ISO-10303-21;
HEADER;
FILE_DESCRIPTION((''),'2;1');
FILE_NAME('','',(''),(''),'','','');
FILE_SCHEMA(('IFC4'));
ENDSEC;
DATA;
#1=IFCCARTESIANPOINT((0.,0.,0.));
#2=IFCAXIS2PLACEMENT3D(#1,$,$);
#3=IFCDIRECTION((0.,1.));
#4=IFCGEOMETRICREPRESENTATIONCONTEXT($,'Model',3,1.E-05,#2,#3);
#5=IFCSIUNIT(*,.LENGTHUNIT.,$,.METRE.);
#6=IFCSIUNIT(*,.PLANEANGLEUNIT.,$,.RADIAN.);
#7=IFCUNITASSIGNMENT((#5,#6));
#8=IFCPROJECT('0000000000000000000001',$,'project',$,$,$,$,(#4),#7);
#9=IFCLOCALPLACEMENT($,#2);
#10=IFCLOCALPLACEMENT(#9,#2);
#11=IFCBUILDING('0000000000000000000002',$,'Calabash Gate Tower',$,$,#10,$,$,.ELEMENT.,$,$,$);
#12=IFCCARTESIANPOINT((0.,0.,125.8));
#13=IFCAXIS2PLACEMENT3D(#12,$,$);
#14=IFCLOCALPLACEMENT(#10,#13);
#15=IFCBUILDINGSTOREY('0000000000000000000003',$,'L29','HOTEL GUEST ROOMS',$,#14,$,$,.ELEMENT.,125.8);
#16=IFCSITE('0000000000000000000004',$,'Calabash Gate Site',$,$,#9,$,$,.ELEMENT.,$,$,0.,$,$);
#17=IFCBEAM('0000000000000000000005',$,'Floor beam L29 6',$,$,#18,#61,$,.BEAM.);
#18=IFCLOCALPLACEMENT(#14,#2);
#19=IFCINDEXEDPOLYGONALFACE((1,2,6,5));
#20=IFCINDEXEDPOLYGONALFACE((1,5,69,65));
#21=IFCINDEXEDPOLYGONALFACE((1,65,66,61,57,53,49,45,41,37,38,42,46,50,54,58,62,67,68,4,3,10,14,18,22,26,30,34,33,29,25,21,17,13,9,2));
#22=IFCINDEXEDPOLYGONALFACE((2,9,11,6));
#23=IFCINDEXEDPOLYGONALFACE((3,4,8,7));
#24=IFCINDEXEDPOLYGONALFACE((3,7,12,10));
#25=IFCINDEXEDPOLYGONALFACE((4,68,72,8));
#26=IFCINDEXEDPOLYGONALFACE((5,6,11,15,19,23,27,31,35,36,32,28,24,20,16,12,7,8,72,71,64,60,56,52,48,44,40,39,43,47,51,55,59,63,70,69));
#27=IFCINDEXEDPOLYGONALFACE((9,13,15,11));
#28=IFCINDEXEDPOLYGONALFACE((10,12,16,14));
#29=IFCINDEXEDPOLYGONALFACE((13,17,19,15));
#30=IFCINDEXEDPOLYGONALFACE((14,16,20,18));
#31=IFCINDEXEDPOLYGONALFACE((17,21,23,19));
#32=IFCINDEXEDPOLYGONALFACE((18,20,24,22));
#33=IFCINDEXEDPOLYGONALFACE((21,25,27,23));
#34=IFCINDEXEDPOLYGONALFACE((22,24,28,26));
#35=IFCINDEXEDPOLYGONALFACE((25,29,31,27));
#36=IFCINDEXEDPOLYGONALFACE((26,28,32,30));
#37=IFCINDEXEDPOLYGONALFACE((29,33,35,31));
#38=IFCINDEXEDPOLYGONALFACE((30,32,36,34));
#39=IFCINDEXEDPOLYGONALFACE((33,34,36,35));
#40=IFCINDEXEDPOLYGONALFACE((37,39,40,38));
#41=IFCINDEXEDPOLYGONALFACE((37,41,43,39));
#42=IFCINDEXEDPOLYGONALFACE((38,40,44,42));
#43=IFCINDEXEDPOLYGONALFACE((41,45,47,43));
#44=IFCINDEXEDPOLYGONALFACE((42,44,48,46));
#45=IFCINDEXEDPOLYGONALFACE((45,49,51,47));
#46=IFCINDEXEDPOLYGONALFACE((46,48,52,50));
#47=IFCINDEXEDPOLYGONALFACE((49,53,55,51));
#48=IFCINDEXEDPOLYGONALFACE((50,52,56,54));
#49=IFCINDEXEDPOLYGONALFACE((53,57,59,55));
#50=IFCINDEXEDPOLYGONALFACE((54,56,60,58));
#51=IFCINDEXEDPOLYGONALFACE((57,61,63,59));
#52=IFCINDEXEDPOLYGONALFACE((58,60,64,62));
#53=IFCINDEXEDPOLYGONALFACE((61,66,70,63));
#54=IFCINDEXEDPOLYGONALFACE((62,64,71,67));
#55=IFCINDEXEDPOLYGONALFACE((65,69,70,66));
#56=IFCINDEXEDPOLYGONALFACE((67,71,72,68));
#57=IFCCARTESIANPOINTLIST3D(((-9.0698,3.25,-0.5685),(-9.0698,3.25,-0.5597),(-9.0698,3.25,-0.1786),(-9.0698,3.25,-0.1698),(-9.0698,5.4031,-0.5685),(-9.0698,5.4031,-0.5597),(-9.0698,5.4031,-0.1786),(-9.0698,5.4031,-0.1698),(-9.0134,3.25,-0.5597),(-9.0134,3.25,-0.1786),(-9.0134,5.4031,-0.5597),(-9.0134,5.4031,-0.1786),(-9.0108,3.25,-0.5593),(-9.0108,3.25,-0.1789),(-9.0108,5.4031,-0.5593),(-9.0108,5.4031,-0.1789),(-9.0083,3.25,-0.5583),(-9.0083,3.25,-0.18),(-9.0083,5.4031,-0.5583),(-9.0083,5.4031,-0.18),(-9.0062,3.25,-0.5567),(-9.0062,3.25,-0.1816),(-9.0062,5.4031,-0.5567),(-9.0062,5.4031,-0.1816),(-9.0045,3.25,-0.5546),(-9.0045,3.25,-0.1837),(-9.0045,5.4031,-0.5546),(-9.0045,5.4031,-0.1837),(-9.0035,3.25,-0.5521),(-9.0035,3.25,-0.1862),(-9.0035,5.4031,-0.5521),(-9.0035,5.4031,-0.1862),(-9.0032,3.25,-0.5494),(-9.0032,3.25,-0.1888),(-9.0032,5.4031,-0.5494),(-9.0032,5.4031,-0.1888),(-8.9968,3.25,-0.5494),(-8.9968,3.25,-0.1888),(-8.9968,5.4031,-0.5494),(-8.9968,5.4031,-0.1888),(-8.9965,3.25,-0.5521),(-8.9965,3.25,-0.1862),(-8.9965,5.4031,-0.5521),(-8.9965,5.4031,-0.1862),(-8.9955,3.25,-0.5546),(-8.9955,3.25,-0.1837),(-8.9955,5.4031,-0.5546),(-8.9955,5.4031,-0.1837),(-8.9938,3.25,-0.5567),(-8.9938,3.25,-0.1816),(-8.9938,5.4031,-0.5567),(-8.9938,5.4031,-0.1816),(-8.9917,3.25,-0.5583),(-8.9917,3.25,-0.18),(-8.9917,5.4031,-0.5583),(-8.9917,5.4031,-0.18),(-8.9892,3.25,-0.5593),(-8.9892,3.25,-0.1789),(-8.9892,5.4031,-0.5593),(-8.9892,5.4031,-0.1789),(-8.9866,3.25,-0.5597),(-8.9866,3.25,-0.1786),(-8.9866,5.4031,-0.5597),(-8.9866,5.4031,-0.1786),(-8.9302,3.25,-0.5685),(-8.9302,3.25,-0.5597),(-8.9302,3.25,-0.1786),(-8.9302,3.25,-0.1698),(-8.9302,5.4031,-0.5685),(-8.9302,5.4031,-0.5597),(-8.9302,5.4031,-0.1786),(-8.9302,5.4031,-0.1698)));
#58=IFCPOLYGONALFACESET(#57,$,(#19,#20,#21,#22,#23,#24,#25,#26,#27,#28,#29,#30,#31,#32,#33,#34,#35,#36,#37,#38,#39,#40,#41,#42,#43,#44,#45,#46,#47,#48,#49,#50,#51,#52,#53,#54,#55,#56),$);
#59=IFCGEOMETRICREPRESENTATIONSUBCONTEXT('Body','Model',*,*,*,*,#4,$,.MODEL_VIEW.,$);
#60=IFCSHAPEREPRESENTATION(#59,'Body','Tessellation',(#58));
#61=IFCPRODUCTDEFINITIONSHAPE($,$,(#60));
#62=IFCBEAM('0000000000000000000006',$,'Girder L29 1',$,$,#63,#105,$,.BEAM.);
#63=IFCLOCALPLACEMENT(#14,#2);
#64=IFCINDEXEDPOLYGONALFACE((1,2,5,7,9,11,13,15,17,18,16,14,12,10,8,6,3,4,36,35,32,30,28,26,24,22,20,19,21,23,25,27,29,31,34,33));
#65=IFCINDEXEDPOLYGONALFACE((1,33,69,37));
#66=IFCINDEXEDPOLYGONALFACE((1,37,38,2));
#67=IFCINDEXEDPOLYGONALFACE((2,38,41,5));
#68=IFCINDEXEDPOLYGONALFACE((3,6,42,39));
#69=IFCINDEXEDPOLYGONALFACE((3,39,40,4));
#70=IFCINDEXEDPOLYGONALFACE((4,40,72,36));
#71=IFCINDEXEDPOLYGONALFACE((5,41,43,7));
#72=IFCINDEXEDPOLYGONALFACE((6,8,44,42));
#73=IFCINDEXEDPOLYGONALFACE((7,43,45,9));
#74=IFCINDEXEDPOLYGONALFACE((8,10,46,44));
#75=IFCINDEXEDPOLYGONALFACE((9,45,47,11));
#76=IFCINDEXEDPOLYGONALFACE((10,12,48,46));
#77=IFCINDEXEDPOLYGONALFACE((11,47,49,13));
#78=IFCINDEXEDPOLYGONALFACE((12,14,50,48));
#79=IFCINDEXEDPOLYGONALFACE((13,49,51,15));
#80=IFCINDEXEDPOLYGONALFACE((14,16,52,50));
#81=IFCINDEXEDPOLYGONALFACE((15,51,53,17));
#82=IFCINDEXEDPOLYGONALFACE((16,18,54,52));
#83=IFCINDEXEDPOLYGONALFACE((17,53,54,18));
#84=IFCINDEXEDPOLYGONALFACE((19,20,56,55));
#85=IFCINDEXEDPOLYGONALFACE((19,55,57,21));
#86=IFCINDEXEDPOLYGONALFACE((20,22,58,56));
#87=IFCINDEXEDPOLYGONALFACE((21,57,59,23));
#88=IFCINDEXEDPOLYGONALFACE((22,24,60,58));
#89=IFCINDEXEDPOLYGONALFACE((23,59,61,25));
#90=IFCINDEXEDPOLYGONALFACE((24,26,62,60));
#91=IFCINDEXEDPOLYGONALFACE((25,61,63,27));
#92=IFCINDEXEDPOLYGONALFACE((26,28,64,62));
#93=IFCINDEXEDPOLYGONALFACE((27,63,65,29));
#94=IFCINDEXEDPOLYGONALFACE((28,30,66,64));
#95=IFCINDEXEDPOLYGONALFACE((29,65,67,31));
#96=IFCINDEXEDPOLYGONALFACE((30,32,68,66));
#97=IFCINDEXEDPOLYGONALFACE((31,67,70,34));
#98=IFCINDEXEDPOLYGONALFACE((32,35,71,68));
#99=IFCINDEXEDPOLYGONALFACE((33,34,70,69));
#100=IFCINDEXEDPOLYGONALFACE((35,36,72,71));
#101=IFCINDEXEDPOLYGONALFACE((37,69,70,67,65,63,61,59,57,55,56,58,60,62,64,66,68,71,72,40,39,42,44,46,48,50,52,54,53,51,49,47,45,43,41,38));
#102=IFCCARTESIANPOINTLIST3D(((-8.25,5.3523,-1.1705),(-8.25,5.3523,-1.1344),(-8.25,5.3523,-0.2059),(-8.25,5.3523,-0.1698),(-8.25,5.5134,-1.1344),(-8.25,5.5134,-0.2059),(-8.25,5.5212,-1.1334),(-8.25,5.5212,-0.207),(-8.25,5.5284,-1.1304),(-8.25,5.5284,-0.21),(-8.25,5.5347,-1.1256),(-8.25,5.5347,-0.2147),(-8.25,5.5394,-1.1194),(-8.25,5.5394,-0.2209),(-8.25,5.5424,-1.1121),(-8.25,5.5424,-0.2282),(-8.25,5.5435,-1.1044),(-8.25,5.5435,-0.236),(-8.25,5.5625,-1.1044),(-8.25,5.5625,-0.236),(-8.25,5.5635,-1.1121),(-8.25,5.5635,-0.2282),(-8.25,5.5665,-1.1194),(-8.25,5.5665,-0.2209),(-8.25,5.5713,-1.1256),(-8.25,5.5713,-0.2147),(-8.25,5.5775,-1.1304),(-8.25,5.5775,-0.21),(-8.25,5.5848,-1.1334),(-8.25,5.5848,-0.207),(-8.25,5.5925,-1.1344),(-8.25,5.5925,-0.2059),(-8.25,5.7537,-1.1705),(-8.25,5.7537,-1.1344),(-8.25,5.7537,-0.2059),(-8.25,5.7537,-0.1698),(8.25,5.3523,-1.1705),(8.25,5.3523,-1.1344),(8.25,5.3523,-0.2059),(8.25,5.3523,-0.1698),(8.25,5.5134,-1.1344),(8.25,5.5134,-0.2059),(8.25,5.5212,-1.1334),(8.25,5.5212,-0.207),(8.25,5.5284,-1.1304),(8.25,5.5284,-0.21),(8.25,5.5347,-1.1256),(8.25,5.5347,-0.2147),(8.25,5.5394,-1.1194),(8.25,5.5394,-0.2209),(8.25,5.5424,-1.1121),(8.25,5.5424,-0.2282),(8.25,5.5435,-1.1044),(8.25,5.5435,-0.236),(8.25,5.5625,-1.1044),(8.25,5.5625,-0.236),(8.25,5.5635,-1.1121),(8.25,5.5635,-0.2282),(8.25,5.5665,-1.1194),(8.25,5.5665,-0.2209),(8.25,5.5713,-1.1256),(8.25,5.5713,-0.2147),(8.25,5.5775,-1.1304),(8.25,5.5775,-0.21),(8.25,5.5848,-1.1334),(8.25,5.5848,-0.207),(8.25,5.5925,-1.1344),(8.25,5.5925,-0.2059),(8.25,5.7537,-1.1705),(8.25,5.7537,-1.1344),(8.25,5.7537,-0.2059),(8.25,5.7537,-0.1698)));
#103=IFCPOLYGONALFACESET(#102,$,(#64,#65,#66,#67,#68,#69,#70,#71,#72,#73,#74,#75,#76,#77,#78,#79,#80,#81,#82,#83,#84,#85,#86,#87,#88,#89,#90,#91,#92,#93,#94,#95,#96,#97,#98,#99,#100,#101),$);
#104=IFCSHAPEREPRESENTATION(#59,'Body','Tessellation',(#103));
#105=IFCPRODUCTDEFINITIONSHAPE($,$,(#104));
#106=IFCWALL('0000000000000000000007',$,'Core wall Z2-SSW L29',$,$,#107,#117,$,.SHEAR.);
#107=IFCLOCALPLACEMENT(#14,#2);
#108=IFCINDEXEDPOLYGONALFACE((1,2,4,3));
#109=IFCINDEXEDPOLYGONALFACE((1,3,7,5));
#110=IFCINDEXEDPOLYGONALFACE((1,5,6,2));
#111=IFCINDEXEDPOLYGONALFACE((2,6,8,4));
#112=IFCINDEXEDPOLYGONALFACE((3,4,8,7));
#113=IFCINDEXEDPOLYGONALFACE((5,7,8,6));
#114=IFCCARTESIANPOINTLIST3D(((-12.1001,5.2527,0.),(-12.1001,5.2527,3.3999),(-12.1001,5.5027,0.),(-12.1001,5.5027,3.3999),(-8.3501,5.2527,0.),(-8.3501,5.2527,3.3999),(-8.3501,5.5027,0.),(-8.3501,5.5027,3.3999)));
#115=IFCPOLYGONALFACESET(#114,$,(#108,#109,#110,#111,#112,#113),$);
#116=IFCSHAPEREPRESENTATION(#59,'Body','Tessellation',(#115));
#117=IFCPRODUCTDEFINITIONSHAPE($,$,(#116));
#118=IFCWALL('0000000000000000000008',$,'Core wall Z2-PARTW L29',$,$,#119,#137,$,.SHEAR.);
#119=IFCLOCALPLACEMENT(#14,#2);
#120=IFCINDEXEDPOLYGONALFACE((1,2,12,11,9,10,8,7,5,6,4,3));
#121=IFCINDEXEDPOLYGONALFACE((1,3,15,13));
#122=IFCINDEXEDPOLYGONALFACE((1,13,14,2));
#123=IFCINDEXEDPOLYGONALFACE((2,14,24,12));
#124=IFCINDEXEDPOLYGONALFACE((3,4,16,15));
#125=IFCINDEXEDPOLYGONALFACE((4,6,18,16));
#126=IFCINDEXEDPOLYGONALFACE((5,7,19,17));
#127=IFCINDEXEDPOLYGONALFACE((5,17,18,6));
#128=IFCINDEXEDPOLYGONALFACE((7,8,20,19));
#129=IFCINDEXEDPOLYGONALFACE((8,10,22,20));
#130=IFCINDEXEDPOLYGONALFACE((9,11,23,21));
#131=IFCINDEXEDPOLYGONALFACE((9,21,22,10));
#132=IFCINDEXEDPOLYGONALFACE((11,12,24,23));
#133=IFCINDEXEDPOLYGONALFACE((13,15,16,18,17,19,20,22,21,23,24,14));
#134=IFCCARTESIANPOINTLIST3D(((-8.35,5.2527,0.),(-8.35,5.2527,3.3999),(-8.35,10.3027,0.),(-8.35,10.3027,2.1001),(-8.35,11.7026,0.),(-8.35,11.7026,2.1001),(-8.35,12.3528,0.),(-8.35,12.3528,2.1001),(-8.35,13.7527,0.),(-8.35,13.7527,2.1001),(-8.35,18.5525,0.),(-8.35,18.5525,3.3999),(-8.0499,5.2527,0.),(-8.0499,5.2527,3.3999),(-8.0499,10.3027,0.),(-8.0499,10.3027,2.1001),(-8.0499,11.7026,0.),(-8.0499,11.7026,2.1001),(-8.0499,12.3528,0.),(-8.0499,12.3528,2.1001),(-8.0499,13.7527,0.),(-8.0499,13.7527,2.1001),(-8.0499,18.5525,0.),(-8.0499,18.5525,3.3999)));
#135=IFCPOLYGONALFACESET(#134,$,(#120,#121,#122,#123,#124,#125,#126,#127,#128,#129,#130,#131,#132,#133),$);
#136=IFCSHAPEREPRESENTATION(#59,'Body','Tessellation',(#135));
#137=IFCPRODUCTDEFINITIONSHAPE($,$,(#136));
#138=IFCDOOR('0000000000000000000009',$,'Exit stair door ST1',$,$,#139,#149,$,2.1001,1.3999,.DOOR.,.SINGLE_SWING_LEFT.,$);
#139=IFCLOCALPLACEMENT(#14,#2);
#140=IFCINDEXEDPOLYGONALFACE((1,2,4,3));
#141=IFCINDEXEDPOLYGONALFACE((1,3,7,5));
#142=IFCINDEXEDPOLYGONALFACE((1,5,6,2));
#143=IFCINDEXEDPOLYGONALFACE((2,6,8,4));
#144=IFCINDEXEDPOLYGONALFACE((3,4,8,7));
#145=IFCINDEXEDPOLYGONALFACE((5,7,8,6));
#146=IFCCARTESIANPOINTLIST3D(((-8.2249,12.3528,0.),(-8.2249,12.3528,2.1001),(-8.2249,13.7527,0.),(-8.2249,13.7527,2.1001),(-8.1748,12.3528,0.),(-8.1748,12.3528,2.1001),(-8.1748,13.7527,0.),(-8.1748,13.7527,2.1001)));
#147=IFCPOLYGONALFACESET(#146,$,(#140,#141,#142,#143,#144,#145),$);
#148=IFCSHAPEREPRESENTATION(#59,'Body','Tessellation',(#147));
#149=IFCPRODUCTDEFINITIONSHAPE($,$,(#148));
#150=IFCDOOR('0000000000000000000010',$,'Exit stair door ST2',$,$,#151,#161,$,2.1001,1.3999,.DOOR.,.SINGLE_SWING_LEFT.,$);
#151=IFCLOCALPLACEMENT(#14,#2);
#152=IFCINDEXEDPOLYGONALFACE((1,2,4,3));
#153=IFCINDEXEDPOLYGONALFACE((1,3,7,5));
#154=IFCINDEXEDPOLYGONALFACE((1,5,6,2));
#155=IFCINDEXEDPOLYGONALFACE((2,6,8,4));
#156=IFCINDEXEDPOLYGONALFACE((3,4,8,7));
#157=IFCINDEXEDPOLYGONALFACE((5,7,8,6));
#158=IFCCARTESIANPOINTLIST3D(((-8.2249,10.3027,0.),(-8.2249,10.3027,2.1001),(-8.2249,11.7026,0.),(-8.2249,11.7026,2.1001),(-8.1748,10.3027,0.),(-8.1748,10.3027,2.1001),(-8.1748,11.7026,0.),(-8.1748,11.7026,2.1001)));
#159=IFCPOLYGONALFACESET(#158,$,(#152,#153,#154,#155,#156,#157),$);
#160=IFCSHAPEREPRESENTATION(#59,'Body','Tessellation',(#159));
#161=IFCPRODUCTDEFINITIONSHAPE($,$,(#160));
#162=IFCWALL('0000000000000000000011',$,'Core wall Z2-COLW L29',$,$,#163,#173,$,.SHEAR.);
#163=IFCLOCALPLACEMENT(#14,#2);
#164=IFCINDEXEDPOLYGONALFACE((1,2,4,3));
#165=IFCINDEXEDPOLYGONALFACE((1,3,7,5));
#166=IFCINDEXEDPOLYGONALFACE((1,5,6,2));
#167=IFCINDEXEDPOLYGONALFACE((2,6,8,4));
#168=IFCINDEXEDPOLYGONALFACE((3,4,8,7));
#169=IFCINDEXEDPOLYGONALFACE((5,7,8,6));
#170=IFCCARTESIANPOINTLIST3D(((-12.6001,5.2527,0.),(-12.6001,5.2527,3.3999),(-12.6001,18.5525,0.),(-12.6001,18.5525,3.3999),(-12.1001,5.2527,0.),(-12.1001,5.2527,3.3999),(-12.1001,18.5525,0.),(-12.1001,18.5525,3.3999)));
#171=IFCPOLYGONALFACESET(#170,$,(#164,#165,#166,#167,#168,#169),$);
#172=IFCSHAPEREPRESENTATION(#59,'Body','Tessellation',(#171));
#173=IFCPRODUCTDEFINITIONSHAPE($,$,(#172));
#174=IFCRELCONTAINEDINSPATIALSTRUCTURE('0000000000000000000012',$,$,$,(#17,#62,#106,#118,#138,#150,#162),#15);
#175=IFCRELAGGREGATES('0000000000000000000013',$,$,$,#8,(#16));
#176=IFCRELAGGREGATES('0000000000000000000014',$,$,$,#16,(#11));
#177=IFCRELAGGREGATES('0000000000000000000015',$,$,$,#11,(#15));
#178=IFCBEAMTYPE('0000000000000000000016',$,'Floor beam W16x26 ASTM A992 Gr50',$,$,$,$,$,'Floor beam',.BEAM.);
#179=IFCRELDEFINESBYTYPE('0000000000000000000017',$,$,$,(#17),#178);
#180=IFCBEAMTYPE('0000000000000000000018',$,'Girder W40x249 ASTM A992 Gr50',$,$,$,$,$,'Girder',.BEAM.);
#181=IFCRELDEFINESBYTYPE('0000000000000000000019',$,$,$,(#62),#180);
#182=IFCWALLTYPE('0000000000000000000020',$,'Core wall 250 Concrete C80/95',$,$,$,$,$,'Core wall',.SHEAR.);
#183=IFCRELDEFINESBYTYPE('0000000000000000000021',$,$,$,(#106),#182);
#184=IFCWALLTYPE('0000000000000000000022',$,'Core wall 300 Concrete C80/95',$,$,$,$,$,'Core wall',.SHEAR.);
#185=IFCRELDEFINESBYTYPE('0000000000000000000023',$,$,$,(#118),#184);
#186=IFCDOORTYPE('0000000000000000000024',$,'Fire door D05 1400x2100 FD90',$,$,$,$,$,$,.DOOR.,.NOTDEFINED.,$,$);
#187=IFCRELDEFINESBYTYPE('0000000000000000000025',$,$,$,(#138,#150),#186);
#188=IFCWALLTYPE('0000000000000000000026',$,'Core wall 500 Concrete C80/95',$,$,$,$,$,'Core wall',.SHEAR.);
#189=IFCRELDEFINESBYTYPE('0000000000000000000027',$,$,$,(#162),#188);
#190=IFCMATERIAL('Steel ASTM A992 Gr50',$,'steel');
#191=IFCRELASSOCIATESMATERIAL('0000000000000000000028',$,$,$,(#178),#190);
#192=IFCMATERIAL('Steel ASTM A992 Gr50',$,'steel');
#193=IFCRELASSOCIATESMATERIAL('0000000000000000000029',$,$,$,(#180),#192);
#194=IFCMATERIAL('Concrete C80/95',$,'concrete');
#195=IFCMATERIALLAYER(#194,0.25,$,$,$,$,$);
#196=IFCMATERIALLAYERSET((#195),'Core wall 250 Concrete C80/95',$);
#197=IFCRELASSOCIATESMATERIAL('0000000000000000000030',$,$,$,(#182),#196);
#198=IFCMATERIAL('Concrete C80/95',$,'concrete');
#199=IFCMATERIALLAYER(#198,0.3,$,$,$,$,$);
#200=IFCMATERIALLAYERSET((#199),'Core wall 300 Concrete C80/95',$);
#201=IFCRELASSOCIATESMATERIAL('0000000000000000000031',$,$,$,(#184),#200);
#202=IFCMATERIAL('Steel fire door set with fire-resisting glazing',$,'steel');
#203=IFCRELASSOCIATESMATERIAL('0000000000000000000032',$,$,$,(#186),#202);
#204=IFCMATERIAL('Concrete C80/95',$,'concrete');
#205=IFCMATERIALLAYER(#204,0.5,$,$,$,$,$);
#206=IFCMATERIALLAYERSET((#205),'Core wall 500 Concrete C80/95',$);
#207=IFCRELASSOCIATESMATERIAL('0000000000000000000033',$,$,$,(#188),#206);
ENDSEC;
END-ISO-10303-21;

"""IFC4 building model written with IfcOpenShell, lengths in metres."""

from ifc_helpers import new_model, si_unit, direction, frame, frame_2d, origin, origin_2d, place, context, subcontext, project, spatial, rectangle, i_section, extrude, material, layer, layer_set, material_profile, profile_set, type_object, element, fill, save


model = new_model("IFC4")

# Units and contexts
model_context = context("Model", 3, precision=1e-05, world=origin(), true_north=direction((0.0, 1.0)))
body_context = subcontext(model_context, "Body", "Model", "MODEL_VIEW")
ifc_project = project(units=[si_unit("LENGTHUNIT", "METRE"), si_unit("PLANEANGLEUNIT", "RADIAN")], contexts=[model_context])

# Site, building, storey
site_placement = place(None, origin())
site = spatial("IfcSite", under=ifc_project, at=site_placement, Name="Calabash Gate Site", CompositionType="ELEMENT", RefElevation=0.0)
building_placement = place(site_placement, origin())
building = spatial("IfcBuilding", under=site, at=building_placement, Name="Calabash Gate Tower", CompositionType="ELEMENT")
storey_placement = place(building_placement, frame((0.0, 0.0, 125.8)))
storey = spatial("IfcBuildingStorey", under=building, at=storey_placement, Name="L29", Description="HOTEL GUEST ROOMS", CompositionType="ELEMENT", Elevation=125.8)

# Beams
ifc_material_1 = material(Name="Steel ASTM A992 Gr50", Category="steel")
ifc_material_profile_1 = material_profile(ifc_material_1, i_section(OverallWidth=0.1396, OverallDepth=0.3987, WebThickness=0.0063, FlangeThickness=0.0088, FilletRadius=0.0103, at=origin_2d()))
ifc_profile_set_1 = profile_set([ifc_material_profile_1], Name="Steel ASTM A992 Gr50")
beam_type_1 = type_object("IfcBeamType", Name="Floor beam W16x26 ASTM A992 Gr50", ElementType="Floor beam", PredefinedType="BEAM", material=ifc_profile_set_1)
beam_1_placement = place(storey_placement, frame((-9.0, 3.25, -0.3691), z_axis=(0.0, 1.0, 0.0), x_axis=(-1.0, 0.0, 0.0)))
element("IfcBeam", 1, at=beam_1_placement, inside=storey, type_object=beam_type_1, Name="Floor beam L29 6", PredefinedType="BEAM", context=body_context, shape_type="SweptSolid", body=[
    extrude(i_section(OverallWidth=0.1396, OverallDepth=0.3987, WebThickness=0.0063, FlangeThickness=0.0088, FilletRadius=0.0103, at=origin_2d()), origin(), (0.0, 0.0, 1.0), 2.1531),
])
ifc_material_2 = material(Name="Steel ASTM A992 Gr50", Category="steel")
ifc_material_profile_2 = material_profile(ifc_material_2, i_section(OverallWidth=0.4014, OverallDepth=1.0007, WebThickness=0.019, FlangeThickness=0.0361, FilletRadius=0.03, at=origin_2d()))
ifc_profile_set_2 = profile_set([ifc_material_profile_2], Name="Steel ASTM A992 Gr50")
beam_type_2 = type_object("IfcBeamType", Name="Girder W40x249 ASTM A992 Gr50", ElementType="Girder", PredefinedType="BEAM", material=ifc_profile_set_2)
beam_2_placement = place(storey_placement, frame((-8.25, 5.553, -0.6702), z_axis=(1.0, 0.0, 0.0), x_axis=(0.0, 1.0, 0.0)))
element("IfcBeam", 2, at=beam_2_placement, inside=storey, type_object=beam_type_2, Name="Girder L29 1", PredefinedType="BEAM", context=body_context, shape_type="SweptSolid", body=[
    extrude(i_section(OverallWidth=0.4014, OverallDepth=1.0007, WebThickness=0.019, FlangeThickness=0.0361, FilletRadius=0.03, at=origin_2d()), origin(), (0.0, 0.0, 1.0), 16.5),
])

# Wall
ifc_material_3 = material(Name="Concrete C80/95", Category="concrete")
ifc_layer_1 = layer(ifc_material_3, 0.25)
ifc_layer_set_1 = layer_set([ifc_layer_1], Name="Core wall 250 Concrete C80/95")
wall_type_1 = type_object("IfcWallType", Name="Core wall 250 Concrete C80/95", ElementType="Core wall", PredefinedType="SHEAR", material=ifc_layer_set_1)
wall_1_placement = place(storey_placement, frame((-12.1001, 5.3777, 0.0), z_axis=(0.0, 0.0, 1.0), x_axis=(1.0, 0.0, 0.0)))
element("IfcWall", 3, at=wall_1_placement, inside=storey, type_object=wall_type_1, Name="Core wall Z2-SSW L29", PredefinedType="SHEAR", context=body_context, shape_type="SweptSolid", body=[
    extrude(rectangle(XDim=3.75, YDim=0.25, at=frame_2d((1.875, 0.0))), origin(), (0.0, 0.0, 1.0), 3.3999),
])

# Wall, openings, doors
ifc_material_4 = material(Name="Concrete C80/95", Category="concrete")
ifc_layer_2 = layer(ifc_material_4, 0.3)
ifc_layer_set_2 = layer_set([ifc_layer_2], Name="Core wall 300 Concrete C80/95")
wall_type_2 = type_object("IfcWallType", Name="Core wall 300 Concrete C80/95", ElementType="Core wall", PredefinedType="SHEAR", material=ifc_layer_set_2)
wall_2_placement = place(storey_placement, frame((-8.2, 5.2527, 0.0), z_axis=(0.0, 0.0, 1.0), x_axis=(0.0, 1.0, 0.0)))
wall_2 = element("IfcWall", 4, at=wall_2_placement, inside=storey, type_object=wall_type_2, Name="Core wall Z2-PARTW L29", PredefinedType="SHEAR", context=body_context, shape_type="SweptSolid", body=[
    extrude(rectangle(XDim=13.2998, YDim=0.3, at=frame_2d((6.6499, 0.0))), origin(), (0.0, 0.0, 1.0), 3.3999),
])
opening_1_placement = place(wall_2_placement, frame((7.1001, 0.0, 0.0)))
opening_1 = element("IfcOpeningElement", 5, at=opening_1_placement, cuts=wall_2, PredefinedType="OPENING", context=body_context, shape_type="SweptSolid", body=[
    extrude(rectangle(XDim=1.3999, YDim=2.1001, at=frame_2d((0.7, 1.05))), frame((0.0, 0.1599, 0.0), z_axis=(0.0, -1.0, 0.0), x_axis=(1.0, 0.0, 0.0)), (0.0, 0.0, 1.0), 0.3201),
])
opening_2_placement = place(wall_2_placement, frame((5.05, 0.0, 0.0)))
opening_2 = element("IfcOpeningElement", 6, at=opening_2_placement, cuts=wall_2, PredefinedType="OPENING", context=body_context, shape_type="SweptSolid", body=[
    extrude(rectangle(XDim=1.3999, YDim=2.1001, at=frame_2d((0.7, 1.05))), frame((0.0, 0.1599, 0.0), z_axis=(0.0, -1.0, 0.0), x_axis=(1.0, 0.0, 0.0)), (0.0, 0.0, 1.0), 0.3201),
])
ifc_material_5 = material(Name="Steel fire door set with fire-resisting glazing", Category="steel")
door_type_1 = type_object("IfcDoorType", Name="Fire door D05 1400x2100 FD90", OperationType="NOTDEFINED", PredefinedType="DOOR", material=ifc_material_5)
door_1_placement = place(opening_1_placement, origin())
door_1 = element("IfcDoor", 7, at=door_1_placement, inside=storey, type_object=door_type_1, Name="Exit stair door ST1", OperationType="SINGLE_SWING_LEFT", OverallHeight=2.1001, OverallWidth=1.3999, PredefinedType="DOOR", context=body_context, shape_type="SweptSolid", body=[
    extrude(rectangle(XDim=1.3999, YDim=2.1001, at=frame_2d((0.7, 1.05))), frame((0.0, 0.0249, 0.0), z_axis=(0.0, -1.0, 0.0), x_axis=(1.0, 0.0, 0.0)), (0.0, 0.0, 1.0), 0.05),
])
fill(opening_1, door_1)
door_2_placement = place(opening_2_placement, origin())
door_2 = element("IfcDoor", 8, at=door_2_placement, inside=storey, type_object=door_type_1, Name="Exit stair door ST2", OperationType="SINGLE_SWING_LEFT", OverallHeight=2.1001, OverallWidth=1.3999, PredefinedType="DOOR", context=body_context, shape_type="SweptSolid", body=[
    extrude(rectangle(XDim=1.3999, YDim=2.1001, at=frame_2d((0.7, 1.05))), frame((0.0, 0.0249, 0.0), z_axis=(0.0, -1.0, 0.0), x_axis=(1.0, 0.0, 0.0)), (0.0, 0.0, 1.0), 0.05),
])
fill(opening_2, door_2)

# Wall
ifc_material_6 = material(Name="Concrete C80/95", Category="concrete")
ifc_layer_3 = layer(ifc_material_6, 0.5)
ifc_layer_set_3 = layer_set([ifc_layer_3], Name="Core wall 500 Concrete C80/95")
wall_type_3 = type_object("IfcWallType", Name="Core wall 500 Concrete C80/95", ElementType="Core wall", PredefinedType="SHEAR", material=ifc_layer_set_3)
wall_3_placement = place(storey_placement, frame((-12.3501, 5.2527, 0.0), z_axis=(0.0, 0.0, 1.0), x_axis=(0.0, 1.0, 0.0)))
element("IfcWall", 9, at=wall_3_placement, inside=storey, type_object=wall_type_3, Name="Core wall Z2-COLW L29", PredefinedType="SHEAR", context=body_context, shape_type="SweptSolid", body=[
    extrude(rectangle(XDim=13.2998, YDim=0.5, at=frame_2d((6.6499, 0.0))), origin(), (0.0, 0.0, 1.0), 3.3999),
])

save(model, "model.ifc")
